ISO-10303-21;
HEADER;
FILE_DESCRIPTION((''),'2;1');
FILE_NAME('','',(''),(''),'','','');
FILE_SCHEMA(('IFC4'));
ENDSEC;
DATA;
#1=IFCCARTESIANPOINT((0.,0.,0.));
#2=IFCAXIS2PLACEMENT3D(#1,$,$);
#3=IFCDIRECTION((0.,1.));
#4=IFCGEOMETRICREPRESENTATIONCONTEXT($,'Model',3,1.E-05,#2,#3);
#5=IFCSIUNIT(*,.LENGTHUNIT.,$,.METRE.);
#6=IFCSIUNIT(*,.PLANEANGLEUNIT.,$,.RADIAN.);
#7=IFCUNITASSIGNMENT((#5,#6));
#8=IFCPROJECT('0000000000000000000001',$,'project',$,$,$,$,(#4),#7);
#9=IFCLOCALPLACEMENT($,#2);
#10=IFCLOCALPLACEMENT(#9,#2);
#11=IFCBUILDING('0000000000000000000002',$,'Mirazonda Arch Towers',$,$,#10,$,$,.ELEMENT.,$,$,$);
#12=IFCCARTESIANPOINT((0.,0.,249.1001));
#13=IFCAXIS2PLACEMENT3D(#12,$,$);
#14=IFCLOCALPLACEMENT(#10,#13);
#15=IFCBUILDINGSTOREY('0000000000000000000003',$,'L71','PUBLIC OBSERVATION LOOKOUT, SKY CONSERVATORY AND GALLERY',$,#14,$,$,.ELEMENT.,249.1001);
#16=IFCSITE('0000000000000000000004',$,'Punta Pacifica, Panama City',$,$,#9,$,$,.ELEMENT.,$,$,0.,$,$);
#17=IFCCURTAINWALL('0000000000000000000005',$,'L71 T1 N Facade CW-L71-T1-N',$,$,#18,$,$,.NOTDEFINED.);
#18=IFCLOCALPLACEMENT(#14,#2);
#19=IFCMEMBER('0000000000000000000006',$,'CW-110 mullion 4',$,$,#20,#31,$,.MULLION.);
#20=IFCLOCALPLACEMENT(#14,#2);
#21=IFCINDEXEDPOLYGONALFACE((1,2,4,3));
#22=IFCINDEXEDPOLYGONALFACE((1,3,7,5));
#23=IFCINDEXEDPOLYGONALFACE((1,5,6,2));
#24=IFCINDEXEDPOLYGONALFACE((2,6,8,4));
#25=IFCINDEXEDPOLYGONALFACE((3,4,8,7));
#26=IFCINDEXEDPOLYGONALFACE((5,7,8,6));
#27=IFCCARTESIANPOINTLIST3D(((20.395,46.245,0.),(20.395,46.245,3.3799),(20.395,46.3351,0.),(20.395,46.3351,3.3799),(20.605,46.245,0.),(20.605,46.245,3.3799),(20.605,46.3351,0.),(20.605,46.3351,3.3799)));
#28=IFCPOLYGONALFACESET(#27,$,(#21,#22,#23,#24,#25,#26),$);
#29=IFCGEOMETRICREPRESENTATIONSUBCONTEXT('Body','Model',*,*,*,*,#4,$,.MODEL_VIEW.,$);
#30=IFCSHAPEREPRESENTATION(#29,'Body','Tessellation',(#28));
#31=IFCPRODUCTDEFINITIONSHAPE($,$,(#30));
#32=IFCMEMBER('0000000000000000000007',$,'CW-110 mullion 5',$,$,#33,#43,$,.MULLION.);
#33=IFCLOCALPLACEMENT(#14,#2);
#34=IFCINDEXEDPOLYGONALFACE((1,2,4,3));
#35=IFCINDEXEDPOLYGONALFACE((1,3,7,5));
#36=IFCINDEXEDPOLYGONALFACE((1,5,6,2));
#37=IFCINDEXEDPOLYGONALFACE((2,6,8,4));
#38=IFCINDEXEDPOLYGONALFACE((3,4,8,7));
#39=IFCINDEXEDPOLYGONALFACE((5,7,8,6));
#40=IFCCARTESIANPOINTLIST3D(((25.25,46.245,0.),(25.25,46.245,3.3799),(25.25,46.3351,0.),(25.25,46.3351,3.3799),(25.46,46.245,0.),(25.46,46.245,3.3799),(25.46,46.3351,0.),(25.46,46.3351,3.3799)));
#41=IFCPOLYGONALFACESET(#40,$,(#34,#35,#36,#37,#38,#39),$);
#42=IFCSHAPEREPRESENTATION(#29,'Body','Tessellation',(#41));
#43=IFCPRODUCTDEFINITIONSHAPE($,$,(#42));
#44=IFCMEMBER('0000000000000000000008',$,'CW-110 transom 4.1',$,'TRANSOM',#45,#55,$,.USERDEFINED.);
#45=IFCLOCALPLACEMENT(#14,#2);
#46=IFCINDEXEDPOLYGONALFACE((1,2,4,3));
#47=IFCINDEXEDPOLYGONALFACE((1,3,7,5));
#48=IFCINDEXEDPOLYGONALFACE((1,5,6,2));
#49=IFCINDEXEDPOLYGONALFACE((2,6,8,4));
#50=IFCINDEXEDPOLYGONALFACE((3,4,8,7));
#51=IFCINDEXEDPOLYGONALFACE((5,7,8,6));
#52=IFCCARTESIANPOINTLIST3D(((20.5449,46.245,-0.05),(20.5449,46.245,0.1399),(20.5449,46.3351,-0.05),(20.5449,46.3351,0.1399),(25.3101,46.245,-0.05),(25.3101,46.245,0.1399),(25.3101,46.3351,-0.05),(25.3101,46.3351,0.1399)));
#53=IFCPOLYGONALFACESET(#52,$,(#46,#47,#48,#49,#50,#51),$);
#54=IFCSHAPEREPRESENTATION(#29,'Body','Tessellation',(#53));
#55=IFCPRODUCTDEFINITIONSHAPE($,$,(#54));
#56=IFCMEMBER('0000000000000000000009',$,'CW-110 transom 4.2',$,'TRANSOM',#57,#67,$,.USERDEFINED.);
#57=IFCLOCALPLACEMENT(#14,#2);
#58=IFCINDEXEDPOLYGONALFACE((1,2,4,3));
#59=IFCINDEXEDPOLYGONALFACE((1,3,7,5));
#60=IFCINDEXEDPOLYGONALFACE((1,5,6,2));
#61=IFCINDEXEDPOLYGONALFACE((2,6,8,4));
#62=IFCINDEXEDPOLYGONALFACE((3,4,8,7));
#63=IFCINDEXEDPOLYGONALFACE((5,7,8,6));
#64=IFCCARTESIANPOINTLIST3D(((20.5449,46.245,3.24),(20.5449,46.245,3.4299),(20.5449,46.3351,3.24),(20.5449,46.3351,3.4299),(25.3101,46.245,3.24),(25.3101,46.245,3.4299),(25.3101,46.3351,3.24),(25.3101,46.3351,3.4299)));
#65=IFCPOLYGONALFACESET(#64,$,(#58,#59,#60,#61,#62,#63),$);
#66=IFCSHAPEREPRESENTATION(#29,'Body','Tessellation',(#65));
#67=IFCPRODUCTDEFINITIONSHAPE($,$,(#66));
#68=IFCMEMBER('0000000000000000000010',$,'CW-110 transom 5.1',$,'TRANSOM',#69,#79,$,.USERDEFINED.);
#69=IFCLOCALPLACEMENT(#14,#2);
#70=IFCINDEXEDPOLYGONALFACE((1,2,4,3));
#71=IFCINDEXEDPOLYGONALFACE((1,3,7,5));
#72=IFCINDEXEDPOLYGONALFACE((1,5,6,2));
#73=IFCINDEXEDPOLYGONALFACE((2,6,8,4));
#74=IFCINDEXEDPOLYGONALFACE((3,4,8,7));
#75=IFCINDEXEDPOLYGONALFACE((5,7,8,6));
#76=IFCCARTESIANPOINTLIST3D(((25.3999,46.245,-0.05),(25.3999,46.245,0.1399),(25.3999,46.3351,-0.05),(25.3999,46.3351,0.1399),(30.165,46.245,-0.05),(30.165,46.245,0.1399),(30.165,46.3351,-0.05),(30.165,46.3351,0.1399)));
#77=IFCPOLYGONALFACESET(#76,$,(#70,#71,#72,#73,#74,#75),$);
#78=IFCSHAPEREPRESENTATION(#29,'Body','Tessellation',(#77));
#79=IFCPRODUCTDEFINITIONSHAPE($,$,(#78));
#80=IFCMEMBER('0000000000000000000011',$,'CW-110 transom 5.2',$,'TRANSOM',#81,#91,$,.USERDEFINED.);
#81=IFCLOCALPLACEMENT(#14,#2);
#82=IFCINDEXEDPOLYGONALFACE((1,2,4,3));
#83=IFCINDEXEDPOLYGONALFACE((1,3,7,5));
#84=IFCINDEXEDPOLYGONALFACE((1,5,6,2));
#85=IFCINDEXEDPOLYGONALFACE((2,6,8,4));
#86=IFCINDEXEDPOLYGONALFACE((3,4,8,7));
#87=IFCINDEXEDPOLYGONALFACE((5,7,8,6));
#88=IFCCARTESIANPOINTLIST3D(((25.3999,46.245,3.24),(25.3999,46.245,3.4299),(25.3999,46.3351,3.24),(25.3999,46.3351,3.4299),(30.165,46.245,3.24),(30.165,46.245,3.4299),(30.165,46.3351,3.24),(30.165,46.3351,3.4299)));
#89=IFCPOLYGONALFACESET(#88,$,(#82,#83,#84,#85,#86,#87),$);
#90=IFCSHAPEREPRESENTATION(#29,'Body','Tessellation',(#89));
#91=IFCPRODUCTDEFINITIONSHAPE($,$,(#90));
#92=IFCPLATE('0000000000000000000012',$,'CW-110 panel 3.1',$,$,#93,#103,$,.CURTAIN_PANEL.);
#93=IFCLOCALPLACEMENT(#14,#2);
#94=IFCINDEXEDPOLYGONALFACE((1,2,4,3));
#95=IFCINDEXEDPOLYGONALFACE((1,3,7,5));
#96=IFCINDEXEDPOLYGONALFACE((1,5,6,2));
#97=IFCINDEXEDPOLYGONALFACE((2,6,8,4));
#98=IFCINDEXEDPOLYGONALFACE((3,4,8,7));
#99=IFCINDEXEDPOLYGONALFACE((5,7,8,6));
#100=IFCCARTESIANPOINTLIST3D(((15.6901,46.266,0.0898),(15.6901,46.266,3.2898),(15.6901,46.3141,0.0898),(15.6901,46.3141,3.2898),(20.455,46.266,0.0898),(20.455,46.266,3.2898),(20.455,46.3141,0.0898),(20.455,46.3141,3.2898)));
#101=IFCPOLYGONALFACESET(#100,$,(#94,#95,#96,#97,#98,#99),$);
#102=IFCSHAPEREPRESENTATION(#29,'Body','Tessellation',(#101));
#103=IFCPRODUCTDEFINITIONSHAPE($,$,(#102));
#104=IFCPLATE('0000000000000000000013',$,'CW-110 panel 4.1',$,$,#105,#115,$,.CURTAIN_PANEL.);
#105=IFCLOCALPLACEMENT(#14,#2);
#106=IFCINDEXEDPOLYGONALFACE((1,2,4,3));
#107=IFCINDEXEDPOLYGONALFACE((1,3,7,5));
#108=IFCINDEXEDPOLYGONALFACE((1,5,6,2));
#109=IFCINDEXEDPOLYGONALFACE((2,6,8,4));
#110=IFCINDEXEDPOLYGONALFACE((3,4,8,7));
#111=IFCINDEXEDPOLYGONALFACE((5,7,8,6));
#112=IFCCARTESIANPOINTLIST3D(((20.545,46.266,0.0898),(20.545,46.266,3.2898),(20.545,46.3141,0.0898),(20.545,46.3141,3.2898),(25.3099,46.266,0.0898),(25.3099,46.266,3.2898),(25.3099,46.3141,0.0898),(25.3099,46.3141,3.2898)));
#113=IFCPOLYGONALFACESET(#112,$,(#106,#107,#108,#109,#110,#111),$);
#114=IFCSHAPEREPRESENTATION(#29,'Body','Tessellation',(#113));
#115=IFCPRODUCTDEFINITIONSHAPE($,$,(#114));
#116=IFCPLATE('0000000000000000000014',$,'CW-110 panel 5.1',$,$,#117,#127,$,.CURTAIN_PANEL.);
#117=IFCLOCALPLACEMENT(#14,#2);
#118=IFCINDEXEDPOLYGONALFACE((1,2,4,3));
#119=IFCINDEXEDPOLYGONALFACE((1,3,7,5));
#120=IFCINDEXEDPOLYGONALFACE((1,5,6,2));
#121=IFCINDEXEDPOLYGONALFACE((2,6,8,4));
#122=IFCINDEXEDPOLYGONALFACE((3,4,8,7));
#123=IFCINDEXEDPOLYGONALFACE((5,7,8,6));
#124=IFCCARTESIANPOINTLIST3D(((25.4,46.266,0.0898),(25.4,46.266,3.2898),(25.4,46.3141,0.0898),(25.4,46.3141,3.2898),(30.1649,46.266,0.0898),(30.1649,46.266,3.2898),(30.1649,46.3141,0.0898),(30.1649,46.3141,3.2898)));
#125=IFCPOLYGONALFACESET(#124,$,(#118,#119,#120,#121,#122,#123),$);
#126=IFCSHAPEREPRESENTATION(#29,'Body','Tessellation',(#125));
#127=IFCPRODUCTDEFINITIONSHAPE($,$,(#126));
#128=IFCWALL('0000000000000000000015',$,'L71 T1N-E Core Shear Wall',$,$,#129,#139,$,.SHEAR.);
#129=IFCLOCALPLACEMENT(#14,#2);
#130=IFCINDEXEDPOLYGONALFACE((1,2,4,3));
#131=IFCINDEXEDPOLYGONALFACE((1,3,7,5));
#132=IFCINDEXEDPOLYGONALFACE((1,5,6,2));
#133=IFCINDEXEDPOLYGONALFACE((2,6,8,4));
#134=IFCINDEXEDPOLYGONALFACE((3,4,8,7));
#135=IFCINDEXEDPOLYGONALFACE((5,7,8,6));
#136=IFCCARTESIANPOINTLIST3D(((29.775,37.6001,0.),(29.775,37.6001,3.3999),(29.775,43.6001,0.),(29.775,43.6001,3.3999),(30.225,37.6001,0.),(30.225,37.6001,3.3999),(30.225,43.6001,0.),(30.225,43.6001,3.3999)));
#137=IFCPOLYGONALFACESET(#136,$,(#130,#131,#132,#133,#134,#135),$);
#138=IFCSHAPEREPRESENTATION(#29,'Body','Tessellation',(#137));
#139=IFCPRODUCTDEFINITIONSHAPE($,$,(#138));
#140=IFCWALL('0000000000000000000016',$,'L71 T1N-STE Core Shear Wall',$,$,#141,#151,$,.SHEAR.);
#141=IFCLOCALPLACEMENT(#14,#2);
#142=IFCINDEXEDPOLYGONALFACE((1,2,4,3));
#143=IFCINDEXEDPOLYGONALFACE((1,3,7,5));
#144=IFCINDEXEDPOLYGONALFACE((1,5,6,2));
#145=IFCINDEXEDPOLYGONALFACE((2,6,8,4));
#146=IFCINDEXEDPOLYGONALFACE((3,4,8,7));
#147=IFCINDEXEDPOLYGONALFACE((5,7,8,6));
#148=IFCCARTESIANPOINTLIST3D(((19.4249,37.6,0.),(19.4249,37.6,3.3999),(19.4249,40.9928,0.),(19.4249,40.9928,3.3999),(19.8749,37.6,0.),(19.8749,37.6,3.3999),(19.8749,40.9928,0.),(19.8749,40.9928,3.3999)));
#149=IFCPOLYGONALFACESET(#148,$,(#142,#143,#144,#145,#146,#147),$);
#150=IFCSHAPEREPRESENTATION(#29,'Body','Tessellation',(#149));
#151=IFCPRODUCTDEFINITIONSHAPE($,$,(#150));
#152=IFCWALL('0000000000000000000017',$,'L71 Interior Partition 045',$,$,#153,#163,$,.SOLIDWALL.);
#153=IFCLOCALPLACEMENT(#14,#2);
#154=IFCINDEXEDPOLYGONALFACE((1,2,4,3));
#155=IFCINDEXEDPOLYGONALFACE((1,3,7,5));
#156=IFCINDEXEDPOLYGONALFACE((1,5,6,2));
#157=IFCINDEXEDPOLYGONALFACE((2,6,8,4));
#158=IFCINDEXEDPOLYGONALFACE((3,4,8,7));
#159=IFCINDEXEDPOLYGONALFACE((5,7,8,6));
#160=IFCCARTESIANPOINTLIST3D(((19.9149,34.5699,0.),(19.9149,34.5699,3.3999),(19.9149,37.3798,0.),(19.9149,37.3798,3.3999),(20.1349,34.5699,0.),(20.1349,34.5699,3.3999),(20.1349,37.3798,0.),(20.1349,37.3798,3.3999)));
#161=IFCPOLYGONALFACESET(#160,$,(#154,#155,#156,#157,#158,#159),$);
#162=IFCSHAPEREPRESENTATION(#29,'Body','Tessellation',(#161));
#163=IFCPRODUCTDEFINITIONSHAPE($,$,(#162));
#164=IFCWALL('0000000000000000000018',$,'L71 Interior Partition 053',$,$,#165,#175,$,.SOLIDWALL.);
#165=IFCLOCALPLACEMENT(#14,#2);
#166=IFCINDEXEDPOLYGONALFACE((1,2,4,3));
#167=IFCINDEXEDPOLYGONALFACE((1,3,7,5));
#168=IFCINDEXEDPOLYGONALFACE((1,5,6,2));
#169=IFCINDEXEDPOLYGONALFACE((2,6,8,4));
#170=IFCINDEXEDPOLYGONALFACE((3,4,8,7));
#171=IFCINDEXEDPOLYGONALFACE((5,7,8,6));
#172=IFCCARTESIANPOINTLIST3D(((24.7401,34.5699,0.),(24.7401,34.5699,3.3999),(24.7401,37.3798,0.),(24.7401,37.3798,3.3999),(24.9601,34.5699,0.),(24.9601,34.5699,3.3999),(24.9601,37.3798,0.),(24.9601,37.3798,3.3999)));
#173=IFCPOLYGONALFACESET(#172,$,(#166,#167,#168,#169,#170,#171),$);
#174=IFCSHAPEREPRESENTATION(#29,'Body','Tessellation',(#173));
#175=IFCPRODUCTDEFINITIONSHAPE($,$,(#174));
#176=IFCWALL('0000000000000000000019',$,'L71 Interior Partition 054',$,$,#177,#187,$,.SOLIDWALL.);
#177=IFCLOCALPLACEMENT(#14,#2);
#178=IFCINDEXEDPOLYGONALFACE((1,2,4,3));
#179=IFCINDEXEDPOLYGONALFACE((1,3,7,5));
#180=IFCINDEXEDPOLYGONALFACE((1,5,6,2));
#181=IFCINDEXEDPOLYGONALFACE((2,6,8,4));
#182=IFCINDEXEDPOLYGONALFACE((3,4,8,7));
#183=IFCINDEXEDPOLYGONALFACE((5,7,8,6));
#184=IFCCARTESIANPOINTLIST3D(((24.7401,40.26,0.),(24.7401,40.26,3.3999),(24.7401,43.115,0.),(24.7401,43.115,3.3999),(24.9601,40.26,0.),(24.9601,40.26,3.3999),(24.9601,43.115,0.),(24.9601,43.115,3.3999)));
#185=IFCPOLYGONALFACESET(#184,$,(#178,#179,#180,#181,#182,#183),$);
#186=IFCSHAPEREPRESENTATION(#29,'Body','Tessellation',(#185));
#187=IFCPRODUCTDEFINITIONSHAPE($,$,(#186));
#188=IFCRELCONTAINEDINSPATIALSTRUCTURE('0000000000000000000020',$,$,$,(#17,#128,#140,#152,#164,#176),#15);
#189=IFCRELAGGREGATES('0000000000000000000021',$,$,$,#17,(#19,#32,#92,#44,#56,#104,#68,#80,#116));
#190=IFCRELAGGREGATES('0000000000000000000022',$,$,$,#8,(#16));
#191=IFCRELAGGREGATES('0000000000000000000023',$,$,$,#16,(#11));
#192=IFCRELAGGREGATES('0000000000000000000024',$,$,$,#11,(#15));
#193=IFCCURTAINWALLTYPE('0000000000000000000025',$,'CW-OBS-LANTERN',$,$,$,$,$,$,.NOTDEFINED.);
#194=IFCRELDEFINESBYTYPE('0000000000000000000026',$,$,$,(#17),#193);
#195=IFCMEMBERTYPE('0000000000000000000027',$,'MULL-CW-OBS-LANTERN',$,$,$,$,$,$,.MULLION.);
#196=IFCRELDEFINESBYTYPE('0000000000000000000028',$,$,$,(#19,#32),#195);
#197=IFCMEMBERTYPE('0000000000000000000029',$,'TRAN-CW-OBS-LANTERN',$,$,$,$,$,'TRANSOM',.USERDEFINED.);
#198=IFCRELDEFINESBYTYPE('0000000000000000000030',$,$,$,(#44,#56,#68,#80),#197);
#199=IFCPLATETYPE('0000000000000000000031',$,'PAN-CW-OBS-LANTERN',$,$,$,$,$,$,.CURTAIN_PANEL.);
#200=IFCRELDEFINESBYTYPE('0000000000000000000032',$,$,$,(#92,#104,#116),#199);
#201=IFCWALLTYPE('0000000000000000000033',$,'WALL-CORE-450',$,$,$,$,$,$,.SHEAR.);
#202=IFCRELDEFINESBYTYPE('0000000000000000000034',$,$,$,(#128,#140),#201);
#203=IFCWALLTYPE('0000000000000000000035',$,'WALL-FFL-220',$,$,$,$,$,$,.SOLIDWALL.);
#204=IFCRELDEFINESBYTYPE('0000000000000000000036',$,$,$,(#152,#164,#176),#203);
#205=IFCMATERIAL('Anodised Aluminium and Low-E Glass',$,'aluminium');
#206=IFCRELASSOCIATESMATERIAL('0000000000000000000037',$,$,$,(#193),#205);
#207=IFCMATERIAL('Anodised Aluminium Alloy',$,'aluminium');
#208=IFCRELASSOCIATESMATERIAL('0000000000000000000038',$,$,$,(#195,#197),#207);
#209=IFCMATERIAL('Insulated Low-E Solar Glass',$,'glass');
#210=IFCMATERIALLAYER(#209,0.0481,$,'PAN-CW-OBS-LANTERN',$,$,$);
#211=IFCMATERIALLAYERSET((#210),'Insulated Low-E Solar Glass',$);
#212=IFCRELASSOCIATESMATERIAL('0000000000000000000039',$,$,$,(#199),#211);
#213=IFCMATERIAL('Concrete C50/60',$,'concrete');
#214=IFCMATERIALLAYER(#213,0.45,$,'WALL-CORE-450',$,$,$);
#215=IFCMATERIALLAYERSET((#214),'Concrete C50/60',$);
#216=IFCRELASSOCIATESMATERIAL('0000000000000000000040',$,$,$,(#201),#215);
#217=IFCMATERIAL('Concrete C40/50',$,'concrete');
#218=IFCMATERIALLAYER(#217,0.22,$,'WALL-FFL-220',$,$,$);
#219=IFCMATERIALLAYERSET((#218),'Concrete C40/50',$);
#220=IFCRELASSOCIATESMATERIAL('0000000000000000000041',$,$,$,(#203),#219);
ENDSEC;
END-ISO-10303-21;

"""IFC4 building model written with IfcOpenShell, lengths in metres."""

from ifc_helpers import new_model, si_unit, direction, frame, frame_2d, origin, origin_2d, place, context, subcontext, project, spatial, rectangle, extrude, material, layer, layer_set, material_profile, profile_set, type_object, element, aggregate, save


model = new_model("IFC4")

# Units and contexts
model_context = context("Model", 3, precision=1e-05, world=origin(), true_north=direction((0.0, 1.0)))
body_context = subcontext(model_context, "Body", "Model", "MODEL_VIEW")
ifc_project = project(units=[si_unit("LENGTHUNIT", "METRE"), si_unit("PLANEANGLEUNIT", "RADIAN")], contexts=[model_context])

# Site, building, storey
site_placement = place(None, origin())
site = spatial("IfcSite", under=ifc_project, at=site_placement, Name="Punta Pacifica, Panama City", CompositionType="ELEMENT", RefElevation=0.0)
building_placement = place(site_placement, origin())
building = spatial("IfcBuilding", under=site, at=building_placement, Name="Mirazonda Arch Towers", CompositionType="ELEMENT")
storey_placement = place(building_placement, frame((0.0, 0.0, 249.1001)))
storey = spatial("IfcBuildingStorey", under=building, at=storey_placement, Name="L71", Description="PUBLIC OBSERVATION LOOKOUT, SKY CONSERVATORY AND GALLERY", CompositionType="ELEMENT", Elevation=249.1001)

# Shared definitions
ifc_material_1 = material(Name="Concrete C50/60", Category="concrete")

# Curtain wall, members, plates
ifc_material_2 = material(Name="Anodised Aluminium and Low-E Glass", Category="aluminium")
curtain_wall_type = type_object("IfcCurtainWallType", Name="CW-OBS-LANTERN", PredefinedType="NOTDEFINED", material=ifc_material_2)
curtain_wall_placement = place(storey_placement, origin())
curtain_wall = element("IfcCurtainWall", 1, at=curtain_wall_placement, inside=storey, type_object=curtain_wall_type, Name="L71 T1 N Facade CW-L71-T1-N", PredefinedType="NOTDEFINED")
ifc_material_3 = material(Name="Anodised Aluminium Alloy", Category="aluminium")
ifc_material_profile_1 = material_profile(ifc_material_3, rectangle(XDim=0.0901, YDim=0.21, at=origin_2d()), Name="ALU-MULL-90x210")
ifc_profile_set_1 = profile_set([ifc_material_profile_1], Name="Anodised Aluminium Alloy")
member_type_1 = type_object("IfcMemberType", Name="MULL-CW-OBS-LANTERN", PredefinedType="MULLION", material=ifc_profile_set_1)
member_1_placement = place(storey_placement, frame((20.5, 46.29, 0.0), z_axis=(0.0, 0.0, 1.0), x_axis=(0.0, 1.0, 0.0)))
member_1 = element("IfcMember", 2, at=member_1_placement, type_object=member_type_1, Name="CW-110 mullion 4", PredefinedType="MULLION", context=body_context, shape_type="SweptSolid", body=[
    extrude(rectangle(XDim=0.0901, YDim=0.21, at=origin_2d()), origin(), (0.0, 0.0, 1.0), 3.3799),
])
member_2_placement = place(storey_placement, frame((25.355, 46.29, 0.0), z_axis=(0.0, 0.0, 1.0), x_axis=(0.0, 1.0, 0.0)))
member_2 = element("IfcMember", 3, at=member_2_placement, type_object=member_type_1, Name="CW-110 mullion 5", PredefinedType="MULLION", context=body_context, shape_type="SweptSolid", body=[
    extrude(rectangle(XDim=0.0901, YDim=0.21, at=origin_2d()), origin(), (0.0, 0.0, 1.0), 3.3799),
])
ifc_material_profile_2 = material_profile(ifc_material_3, rectangle(XDim=0.0901, YDim=0.1899, at=origin_2d()), Name="ALU-TRAN-90x190")
ifc_profile_set_2 = profile_set([ifc_material_profile_2], Name="Anodised Aluminium Alloy")
member_type_2 = type_object("IfcMemberType", Name="TRAN-CW-OBS-LANTERN", ElementType="TRANSOM", PredefinedType="USERDEFINED", material=ifc_profile_set_2)
member_3_placement = place(storey_placement, frame((20.5449, 46.29, 0.0449), z_axis=(1.0, 0.0, 0.0), x_axis=(0.0, 1.0, 0.0)))
member_3 = element("IfcMember", 4, at=member_3_placement, type_object=member_type_2, Name="CW-110 transom 4.1", ObjectType="TRANSOM", PredefinedType="USERDEFINED", context=body_context, shape_type="SweptSolid", body=[
    extrude(rectangle(XDim=0.0901, YDim=0.1899, at=origin_2d()), origin(), (0.0, 0.0, 1.0), 4.7651),
])
member_4_placement = place(storey_placement, frame((20.5449, 46.29, 3.335), z_axis=(1.0, 0.0, 0.0), x_axis=(0.0, 1.0, 0.0)))
member_4 = element("IfcMember", 5, at=member_4_placement, type_object=member_type_2, Name="CW-110 transom 4.2", ObjectType="TRANSOM", PredefinedType="USERDEFINED", context=body_context, shape_type="SweptSolid", body=[
    extrude(rectangle(XDim=0.0901, YDim=0.1899, at=origin_2d()), origin(), (0.0, 0.0, 1.0), 4.7651),
])
member_5_placement = place(storey_placement, frame((25.3999, 46.29, 0.0449), z_axis=(1.0, 0.0, 0.0), x_axis=(0.0, 1.0, 0.0)))
member_5 = element("IfcMember", 6, at=member_5_placement, type_object=member_type_2, Name="CW-110 transom 5.1", ObjectType="TRANSOM", PredefinedType="USERDEFINED", context=body_context, shape_type="SweptSolid", body=[
    extrude(rectangle(XDim=0.0901, YDim=0.1899, at=origin_2d()), origin(), (0.0, 0.0, 1.0), 4.7651),
])
member_6_placement = place(storey_placement, frame((25.3999, 46.29, 3.335), z_axis=(1.0, 0.0, 0.0), x_axis=(0.0, 1.0, 0.0)))
member_6 = element("IfcMember", 7, at=member_6_placement, type_object=member_type_2, Name="CW-110 transom 5.2", ObjectType="TRANSOM", PredefinedType="USERDEFINED", context=body_context, shape_type="SweptSolid", body=[
    extrude(rectangle(XDim=0.0901, YDim=0.1899, at=origin_2d()), origin(), (0.0, 0.0, 1.0), 4.7651),
])
ifc_material_4 = material(Name="Insulated Low-E Solar Glass", Category="glass")
ifc_layer_1 = layer(ifc_material_4, 0.0481, Name="PAN-CW-OBS-LANTERN")
ifc_layer_set_1 = layer_set([ifc_layer_1], Name="Insulated Low-E Solar Glass")
plate_type = type_object("IfcPlateType", Name="PAN-CW-OBS-LANTERN", PredefinedType="CURTAIN_PANEL", material=ifc_layer_set_1)
plate_1_placement = place(storey_placement, frame((18.0725, 46.29, 0.0898), z_axis=(0.0, 0.0, 1.0), x_axis=(1.0, 0.0, 0.0)))
plate_1 = element("IfcPlate", 8, at=plate_1_placement, type_object=plate_type, Name="CW-110 panel 3.1", PredefinedType="CURTAIN_PANEL", context=body_context, shape_type="SweptSolid", body=[
    extrude(rectangle(XDim=4.7649, YDim=0.0481, at=origin_2d()), origin(), (0.0, 0.0, 1.0), 3.2),
])
plate_2_placement = place(storey_placement, frame((22.9275, 46.29, 0.0898), z_axis=(0.0, 0.0, 1.0), x_axis=(1.0, 0.0, 0.0)))
plate_2 = element("IfcPlate", 9, at=plate_2_placement, type_object=plate_type, Name="CW-110 panel 4.1", PredefinedType="CURTAIN_PANEL", context=body_context, shape_type="SweptSolid", body=[
    extrude(rectangle(XDim=4.7649, YDim=0.0481, at=origin_2d()), origin(), (0.0, 0.0, 1.0), 3.2),
])
plate_3_placement = place(storey_placement, frame((27.7825, 46.29, 0.0898), z_axis=(0.0, 0.0, 1.0), x_axis=(1.0, 0.0, 0.0)))
plate_3 = element("IfcPlate", 10, at=plate_3_placement, type_object=plate_type, Name="CW-110 panel 5.1", PredefinedType="CURTAIN_PANEL", context=body_context, shape_type="SweptSolid", body=[
    extrude(rectangle(XDim=4.7649, YDim=0.0481, at=origin_2d()), origin(), (0.0, 0.0, 1.0), 3.2),
])
aggregate(curtain_wall, [member_1, member_2, plate_1, member_3, member_4, plate_2, member_5, member_6, plate_3])

# Walls
ifc_layer_2 = layer(ifc_material_1, 0.45, Name="WALL-CORE-450")
ifc_layer_set_2 = layer_set([ifc_layer_2], Name="Concrete C50/60")
wall_type_1 = type_object("IfcWallType", Name="WALL-CORE-450", PredefinedType="SHEAR", material=ifc_layer_set_2)
wall_1_placement = place(storey_placement, frame((30.0, 37.6001, 0.0), z_axis=(0.0, 0.0, 1.0), x_axis=(0.0, 1.0, 0.0)))
element("IfcWall", 11, at=wall_1_placement, inside=storey, type_object=wall_type_1, Name="L71 T1N-E Core Shear Wall", PredefinedType="SHEAR", context=body_context, shape_type="SweptSolid", body=[
    extrude(rectangle(XDim=6.0, YDim=0.45, at=frame_2d((3.0, 0.0))), origin(), (0.0, 0.0, 1.0), 3.3999),
])
wall_2_placement = place(storey_placement, frame((19.6499, 37.6001, 0.0), z_axis=(0.0, 0.0, 1.0), x_axis=(0.0, 1.0, 0.0)))
element("IfcWall", 12, at=wall_2_placement, inside=storey, type_object=wall_type_1, Name="L71 T1N-STE Core Shear Wall", PredefinedType="SHEAR", context=body_context, shape_type="SweptSolid", body=[
    extrude(rectangle(XDim=3.3928, YDim=0.45, at=frame_2d((1.6963, 0.0))), origin(), (0.0, 0.0, 1.0), 3.3999),
])
ifc_material_5 = material(Name="Concrete C40/50", Category="concrete")
ifc_layer_3 = layer(ifc_material_5, 0.22, Name="WALL-FFL-220")
ifc_layer_set_3 = layer_set([ifc_layer_3], Name="Concrete C40/50")
wall_type_2 = type_object("IfcWallType", Name="WALL-FFL-220", PredefinedType="SOLIDWALL", material=ifc_layer_set_3)
for number, where, z_axis, x_axis, name in (
    (13, (20.0249, 34.5701, 0.0), (0.0, 0.0, 1.0), (0.0, 1.0, 0.0), "L71 Interior Partition 045"),
    (14, (24.8501, 34.5701, 0.0), (0.0, 0.0, 1.0), (0.0, 1.0, 0.0), "L71 Interior Partition 053"),
):
    element("IfcWall", number, at=place(storey_placement, frame(where, z_axis=z_axis, x_axis=x_axis)), inside=storey, type_object=wall_type_2, Name=name, PredefinedType="SOLIDWALL", context=body_context, shape_type="SweptSolid", body=[
        extrude(rectangle(XDim=2.8098, YDim=0.22, at=frame_2d((1.4048, 0.0))), origin(), (0.0, 0.0, 1.0), 3.3999),
    ])
wall_3_placement = place(storey_placement, frame((24.8501, 40.26, 0.0), z_axis=(0.0, 0.0, 1.0), x_axis=(0.0, 1.0, 0.0)))
element("IfcWall", 15, at=wall_3_placement, inside=storey, type_object=wall_type_2, Name="L71 Interior Partition 054", PredefinedType="SOLIDWALL", context=body_context, shape_type="SweptSolid", body=[
    extrude(rectangle(XDim=2.855, YDim=0.22, at=frame_2d((1.4275, 0.0))), origin(), (0.0, 0.0, 1.0), 3.3999),
])

save(model, "model.ifc")
